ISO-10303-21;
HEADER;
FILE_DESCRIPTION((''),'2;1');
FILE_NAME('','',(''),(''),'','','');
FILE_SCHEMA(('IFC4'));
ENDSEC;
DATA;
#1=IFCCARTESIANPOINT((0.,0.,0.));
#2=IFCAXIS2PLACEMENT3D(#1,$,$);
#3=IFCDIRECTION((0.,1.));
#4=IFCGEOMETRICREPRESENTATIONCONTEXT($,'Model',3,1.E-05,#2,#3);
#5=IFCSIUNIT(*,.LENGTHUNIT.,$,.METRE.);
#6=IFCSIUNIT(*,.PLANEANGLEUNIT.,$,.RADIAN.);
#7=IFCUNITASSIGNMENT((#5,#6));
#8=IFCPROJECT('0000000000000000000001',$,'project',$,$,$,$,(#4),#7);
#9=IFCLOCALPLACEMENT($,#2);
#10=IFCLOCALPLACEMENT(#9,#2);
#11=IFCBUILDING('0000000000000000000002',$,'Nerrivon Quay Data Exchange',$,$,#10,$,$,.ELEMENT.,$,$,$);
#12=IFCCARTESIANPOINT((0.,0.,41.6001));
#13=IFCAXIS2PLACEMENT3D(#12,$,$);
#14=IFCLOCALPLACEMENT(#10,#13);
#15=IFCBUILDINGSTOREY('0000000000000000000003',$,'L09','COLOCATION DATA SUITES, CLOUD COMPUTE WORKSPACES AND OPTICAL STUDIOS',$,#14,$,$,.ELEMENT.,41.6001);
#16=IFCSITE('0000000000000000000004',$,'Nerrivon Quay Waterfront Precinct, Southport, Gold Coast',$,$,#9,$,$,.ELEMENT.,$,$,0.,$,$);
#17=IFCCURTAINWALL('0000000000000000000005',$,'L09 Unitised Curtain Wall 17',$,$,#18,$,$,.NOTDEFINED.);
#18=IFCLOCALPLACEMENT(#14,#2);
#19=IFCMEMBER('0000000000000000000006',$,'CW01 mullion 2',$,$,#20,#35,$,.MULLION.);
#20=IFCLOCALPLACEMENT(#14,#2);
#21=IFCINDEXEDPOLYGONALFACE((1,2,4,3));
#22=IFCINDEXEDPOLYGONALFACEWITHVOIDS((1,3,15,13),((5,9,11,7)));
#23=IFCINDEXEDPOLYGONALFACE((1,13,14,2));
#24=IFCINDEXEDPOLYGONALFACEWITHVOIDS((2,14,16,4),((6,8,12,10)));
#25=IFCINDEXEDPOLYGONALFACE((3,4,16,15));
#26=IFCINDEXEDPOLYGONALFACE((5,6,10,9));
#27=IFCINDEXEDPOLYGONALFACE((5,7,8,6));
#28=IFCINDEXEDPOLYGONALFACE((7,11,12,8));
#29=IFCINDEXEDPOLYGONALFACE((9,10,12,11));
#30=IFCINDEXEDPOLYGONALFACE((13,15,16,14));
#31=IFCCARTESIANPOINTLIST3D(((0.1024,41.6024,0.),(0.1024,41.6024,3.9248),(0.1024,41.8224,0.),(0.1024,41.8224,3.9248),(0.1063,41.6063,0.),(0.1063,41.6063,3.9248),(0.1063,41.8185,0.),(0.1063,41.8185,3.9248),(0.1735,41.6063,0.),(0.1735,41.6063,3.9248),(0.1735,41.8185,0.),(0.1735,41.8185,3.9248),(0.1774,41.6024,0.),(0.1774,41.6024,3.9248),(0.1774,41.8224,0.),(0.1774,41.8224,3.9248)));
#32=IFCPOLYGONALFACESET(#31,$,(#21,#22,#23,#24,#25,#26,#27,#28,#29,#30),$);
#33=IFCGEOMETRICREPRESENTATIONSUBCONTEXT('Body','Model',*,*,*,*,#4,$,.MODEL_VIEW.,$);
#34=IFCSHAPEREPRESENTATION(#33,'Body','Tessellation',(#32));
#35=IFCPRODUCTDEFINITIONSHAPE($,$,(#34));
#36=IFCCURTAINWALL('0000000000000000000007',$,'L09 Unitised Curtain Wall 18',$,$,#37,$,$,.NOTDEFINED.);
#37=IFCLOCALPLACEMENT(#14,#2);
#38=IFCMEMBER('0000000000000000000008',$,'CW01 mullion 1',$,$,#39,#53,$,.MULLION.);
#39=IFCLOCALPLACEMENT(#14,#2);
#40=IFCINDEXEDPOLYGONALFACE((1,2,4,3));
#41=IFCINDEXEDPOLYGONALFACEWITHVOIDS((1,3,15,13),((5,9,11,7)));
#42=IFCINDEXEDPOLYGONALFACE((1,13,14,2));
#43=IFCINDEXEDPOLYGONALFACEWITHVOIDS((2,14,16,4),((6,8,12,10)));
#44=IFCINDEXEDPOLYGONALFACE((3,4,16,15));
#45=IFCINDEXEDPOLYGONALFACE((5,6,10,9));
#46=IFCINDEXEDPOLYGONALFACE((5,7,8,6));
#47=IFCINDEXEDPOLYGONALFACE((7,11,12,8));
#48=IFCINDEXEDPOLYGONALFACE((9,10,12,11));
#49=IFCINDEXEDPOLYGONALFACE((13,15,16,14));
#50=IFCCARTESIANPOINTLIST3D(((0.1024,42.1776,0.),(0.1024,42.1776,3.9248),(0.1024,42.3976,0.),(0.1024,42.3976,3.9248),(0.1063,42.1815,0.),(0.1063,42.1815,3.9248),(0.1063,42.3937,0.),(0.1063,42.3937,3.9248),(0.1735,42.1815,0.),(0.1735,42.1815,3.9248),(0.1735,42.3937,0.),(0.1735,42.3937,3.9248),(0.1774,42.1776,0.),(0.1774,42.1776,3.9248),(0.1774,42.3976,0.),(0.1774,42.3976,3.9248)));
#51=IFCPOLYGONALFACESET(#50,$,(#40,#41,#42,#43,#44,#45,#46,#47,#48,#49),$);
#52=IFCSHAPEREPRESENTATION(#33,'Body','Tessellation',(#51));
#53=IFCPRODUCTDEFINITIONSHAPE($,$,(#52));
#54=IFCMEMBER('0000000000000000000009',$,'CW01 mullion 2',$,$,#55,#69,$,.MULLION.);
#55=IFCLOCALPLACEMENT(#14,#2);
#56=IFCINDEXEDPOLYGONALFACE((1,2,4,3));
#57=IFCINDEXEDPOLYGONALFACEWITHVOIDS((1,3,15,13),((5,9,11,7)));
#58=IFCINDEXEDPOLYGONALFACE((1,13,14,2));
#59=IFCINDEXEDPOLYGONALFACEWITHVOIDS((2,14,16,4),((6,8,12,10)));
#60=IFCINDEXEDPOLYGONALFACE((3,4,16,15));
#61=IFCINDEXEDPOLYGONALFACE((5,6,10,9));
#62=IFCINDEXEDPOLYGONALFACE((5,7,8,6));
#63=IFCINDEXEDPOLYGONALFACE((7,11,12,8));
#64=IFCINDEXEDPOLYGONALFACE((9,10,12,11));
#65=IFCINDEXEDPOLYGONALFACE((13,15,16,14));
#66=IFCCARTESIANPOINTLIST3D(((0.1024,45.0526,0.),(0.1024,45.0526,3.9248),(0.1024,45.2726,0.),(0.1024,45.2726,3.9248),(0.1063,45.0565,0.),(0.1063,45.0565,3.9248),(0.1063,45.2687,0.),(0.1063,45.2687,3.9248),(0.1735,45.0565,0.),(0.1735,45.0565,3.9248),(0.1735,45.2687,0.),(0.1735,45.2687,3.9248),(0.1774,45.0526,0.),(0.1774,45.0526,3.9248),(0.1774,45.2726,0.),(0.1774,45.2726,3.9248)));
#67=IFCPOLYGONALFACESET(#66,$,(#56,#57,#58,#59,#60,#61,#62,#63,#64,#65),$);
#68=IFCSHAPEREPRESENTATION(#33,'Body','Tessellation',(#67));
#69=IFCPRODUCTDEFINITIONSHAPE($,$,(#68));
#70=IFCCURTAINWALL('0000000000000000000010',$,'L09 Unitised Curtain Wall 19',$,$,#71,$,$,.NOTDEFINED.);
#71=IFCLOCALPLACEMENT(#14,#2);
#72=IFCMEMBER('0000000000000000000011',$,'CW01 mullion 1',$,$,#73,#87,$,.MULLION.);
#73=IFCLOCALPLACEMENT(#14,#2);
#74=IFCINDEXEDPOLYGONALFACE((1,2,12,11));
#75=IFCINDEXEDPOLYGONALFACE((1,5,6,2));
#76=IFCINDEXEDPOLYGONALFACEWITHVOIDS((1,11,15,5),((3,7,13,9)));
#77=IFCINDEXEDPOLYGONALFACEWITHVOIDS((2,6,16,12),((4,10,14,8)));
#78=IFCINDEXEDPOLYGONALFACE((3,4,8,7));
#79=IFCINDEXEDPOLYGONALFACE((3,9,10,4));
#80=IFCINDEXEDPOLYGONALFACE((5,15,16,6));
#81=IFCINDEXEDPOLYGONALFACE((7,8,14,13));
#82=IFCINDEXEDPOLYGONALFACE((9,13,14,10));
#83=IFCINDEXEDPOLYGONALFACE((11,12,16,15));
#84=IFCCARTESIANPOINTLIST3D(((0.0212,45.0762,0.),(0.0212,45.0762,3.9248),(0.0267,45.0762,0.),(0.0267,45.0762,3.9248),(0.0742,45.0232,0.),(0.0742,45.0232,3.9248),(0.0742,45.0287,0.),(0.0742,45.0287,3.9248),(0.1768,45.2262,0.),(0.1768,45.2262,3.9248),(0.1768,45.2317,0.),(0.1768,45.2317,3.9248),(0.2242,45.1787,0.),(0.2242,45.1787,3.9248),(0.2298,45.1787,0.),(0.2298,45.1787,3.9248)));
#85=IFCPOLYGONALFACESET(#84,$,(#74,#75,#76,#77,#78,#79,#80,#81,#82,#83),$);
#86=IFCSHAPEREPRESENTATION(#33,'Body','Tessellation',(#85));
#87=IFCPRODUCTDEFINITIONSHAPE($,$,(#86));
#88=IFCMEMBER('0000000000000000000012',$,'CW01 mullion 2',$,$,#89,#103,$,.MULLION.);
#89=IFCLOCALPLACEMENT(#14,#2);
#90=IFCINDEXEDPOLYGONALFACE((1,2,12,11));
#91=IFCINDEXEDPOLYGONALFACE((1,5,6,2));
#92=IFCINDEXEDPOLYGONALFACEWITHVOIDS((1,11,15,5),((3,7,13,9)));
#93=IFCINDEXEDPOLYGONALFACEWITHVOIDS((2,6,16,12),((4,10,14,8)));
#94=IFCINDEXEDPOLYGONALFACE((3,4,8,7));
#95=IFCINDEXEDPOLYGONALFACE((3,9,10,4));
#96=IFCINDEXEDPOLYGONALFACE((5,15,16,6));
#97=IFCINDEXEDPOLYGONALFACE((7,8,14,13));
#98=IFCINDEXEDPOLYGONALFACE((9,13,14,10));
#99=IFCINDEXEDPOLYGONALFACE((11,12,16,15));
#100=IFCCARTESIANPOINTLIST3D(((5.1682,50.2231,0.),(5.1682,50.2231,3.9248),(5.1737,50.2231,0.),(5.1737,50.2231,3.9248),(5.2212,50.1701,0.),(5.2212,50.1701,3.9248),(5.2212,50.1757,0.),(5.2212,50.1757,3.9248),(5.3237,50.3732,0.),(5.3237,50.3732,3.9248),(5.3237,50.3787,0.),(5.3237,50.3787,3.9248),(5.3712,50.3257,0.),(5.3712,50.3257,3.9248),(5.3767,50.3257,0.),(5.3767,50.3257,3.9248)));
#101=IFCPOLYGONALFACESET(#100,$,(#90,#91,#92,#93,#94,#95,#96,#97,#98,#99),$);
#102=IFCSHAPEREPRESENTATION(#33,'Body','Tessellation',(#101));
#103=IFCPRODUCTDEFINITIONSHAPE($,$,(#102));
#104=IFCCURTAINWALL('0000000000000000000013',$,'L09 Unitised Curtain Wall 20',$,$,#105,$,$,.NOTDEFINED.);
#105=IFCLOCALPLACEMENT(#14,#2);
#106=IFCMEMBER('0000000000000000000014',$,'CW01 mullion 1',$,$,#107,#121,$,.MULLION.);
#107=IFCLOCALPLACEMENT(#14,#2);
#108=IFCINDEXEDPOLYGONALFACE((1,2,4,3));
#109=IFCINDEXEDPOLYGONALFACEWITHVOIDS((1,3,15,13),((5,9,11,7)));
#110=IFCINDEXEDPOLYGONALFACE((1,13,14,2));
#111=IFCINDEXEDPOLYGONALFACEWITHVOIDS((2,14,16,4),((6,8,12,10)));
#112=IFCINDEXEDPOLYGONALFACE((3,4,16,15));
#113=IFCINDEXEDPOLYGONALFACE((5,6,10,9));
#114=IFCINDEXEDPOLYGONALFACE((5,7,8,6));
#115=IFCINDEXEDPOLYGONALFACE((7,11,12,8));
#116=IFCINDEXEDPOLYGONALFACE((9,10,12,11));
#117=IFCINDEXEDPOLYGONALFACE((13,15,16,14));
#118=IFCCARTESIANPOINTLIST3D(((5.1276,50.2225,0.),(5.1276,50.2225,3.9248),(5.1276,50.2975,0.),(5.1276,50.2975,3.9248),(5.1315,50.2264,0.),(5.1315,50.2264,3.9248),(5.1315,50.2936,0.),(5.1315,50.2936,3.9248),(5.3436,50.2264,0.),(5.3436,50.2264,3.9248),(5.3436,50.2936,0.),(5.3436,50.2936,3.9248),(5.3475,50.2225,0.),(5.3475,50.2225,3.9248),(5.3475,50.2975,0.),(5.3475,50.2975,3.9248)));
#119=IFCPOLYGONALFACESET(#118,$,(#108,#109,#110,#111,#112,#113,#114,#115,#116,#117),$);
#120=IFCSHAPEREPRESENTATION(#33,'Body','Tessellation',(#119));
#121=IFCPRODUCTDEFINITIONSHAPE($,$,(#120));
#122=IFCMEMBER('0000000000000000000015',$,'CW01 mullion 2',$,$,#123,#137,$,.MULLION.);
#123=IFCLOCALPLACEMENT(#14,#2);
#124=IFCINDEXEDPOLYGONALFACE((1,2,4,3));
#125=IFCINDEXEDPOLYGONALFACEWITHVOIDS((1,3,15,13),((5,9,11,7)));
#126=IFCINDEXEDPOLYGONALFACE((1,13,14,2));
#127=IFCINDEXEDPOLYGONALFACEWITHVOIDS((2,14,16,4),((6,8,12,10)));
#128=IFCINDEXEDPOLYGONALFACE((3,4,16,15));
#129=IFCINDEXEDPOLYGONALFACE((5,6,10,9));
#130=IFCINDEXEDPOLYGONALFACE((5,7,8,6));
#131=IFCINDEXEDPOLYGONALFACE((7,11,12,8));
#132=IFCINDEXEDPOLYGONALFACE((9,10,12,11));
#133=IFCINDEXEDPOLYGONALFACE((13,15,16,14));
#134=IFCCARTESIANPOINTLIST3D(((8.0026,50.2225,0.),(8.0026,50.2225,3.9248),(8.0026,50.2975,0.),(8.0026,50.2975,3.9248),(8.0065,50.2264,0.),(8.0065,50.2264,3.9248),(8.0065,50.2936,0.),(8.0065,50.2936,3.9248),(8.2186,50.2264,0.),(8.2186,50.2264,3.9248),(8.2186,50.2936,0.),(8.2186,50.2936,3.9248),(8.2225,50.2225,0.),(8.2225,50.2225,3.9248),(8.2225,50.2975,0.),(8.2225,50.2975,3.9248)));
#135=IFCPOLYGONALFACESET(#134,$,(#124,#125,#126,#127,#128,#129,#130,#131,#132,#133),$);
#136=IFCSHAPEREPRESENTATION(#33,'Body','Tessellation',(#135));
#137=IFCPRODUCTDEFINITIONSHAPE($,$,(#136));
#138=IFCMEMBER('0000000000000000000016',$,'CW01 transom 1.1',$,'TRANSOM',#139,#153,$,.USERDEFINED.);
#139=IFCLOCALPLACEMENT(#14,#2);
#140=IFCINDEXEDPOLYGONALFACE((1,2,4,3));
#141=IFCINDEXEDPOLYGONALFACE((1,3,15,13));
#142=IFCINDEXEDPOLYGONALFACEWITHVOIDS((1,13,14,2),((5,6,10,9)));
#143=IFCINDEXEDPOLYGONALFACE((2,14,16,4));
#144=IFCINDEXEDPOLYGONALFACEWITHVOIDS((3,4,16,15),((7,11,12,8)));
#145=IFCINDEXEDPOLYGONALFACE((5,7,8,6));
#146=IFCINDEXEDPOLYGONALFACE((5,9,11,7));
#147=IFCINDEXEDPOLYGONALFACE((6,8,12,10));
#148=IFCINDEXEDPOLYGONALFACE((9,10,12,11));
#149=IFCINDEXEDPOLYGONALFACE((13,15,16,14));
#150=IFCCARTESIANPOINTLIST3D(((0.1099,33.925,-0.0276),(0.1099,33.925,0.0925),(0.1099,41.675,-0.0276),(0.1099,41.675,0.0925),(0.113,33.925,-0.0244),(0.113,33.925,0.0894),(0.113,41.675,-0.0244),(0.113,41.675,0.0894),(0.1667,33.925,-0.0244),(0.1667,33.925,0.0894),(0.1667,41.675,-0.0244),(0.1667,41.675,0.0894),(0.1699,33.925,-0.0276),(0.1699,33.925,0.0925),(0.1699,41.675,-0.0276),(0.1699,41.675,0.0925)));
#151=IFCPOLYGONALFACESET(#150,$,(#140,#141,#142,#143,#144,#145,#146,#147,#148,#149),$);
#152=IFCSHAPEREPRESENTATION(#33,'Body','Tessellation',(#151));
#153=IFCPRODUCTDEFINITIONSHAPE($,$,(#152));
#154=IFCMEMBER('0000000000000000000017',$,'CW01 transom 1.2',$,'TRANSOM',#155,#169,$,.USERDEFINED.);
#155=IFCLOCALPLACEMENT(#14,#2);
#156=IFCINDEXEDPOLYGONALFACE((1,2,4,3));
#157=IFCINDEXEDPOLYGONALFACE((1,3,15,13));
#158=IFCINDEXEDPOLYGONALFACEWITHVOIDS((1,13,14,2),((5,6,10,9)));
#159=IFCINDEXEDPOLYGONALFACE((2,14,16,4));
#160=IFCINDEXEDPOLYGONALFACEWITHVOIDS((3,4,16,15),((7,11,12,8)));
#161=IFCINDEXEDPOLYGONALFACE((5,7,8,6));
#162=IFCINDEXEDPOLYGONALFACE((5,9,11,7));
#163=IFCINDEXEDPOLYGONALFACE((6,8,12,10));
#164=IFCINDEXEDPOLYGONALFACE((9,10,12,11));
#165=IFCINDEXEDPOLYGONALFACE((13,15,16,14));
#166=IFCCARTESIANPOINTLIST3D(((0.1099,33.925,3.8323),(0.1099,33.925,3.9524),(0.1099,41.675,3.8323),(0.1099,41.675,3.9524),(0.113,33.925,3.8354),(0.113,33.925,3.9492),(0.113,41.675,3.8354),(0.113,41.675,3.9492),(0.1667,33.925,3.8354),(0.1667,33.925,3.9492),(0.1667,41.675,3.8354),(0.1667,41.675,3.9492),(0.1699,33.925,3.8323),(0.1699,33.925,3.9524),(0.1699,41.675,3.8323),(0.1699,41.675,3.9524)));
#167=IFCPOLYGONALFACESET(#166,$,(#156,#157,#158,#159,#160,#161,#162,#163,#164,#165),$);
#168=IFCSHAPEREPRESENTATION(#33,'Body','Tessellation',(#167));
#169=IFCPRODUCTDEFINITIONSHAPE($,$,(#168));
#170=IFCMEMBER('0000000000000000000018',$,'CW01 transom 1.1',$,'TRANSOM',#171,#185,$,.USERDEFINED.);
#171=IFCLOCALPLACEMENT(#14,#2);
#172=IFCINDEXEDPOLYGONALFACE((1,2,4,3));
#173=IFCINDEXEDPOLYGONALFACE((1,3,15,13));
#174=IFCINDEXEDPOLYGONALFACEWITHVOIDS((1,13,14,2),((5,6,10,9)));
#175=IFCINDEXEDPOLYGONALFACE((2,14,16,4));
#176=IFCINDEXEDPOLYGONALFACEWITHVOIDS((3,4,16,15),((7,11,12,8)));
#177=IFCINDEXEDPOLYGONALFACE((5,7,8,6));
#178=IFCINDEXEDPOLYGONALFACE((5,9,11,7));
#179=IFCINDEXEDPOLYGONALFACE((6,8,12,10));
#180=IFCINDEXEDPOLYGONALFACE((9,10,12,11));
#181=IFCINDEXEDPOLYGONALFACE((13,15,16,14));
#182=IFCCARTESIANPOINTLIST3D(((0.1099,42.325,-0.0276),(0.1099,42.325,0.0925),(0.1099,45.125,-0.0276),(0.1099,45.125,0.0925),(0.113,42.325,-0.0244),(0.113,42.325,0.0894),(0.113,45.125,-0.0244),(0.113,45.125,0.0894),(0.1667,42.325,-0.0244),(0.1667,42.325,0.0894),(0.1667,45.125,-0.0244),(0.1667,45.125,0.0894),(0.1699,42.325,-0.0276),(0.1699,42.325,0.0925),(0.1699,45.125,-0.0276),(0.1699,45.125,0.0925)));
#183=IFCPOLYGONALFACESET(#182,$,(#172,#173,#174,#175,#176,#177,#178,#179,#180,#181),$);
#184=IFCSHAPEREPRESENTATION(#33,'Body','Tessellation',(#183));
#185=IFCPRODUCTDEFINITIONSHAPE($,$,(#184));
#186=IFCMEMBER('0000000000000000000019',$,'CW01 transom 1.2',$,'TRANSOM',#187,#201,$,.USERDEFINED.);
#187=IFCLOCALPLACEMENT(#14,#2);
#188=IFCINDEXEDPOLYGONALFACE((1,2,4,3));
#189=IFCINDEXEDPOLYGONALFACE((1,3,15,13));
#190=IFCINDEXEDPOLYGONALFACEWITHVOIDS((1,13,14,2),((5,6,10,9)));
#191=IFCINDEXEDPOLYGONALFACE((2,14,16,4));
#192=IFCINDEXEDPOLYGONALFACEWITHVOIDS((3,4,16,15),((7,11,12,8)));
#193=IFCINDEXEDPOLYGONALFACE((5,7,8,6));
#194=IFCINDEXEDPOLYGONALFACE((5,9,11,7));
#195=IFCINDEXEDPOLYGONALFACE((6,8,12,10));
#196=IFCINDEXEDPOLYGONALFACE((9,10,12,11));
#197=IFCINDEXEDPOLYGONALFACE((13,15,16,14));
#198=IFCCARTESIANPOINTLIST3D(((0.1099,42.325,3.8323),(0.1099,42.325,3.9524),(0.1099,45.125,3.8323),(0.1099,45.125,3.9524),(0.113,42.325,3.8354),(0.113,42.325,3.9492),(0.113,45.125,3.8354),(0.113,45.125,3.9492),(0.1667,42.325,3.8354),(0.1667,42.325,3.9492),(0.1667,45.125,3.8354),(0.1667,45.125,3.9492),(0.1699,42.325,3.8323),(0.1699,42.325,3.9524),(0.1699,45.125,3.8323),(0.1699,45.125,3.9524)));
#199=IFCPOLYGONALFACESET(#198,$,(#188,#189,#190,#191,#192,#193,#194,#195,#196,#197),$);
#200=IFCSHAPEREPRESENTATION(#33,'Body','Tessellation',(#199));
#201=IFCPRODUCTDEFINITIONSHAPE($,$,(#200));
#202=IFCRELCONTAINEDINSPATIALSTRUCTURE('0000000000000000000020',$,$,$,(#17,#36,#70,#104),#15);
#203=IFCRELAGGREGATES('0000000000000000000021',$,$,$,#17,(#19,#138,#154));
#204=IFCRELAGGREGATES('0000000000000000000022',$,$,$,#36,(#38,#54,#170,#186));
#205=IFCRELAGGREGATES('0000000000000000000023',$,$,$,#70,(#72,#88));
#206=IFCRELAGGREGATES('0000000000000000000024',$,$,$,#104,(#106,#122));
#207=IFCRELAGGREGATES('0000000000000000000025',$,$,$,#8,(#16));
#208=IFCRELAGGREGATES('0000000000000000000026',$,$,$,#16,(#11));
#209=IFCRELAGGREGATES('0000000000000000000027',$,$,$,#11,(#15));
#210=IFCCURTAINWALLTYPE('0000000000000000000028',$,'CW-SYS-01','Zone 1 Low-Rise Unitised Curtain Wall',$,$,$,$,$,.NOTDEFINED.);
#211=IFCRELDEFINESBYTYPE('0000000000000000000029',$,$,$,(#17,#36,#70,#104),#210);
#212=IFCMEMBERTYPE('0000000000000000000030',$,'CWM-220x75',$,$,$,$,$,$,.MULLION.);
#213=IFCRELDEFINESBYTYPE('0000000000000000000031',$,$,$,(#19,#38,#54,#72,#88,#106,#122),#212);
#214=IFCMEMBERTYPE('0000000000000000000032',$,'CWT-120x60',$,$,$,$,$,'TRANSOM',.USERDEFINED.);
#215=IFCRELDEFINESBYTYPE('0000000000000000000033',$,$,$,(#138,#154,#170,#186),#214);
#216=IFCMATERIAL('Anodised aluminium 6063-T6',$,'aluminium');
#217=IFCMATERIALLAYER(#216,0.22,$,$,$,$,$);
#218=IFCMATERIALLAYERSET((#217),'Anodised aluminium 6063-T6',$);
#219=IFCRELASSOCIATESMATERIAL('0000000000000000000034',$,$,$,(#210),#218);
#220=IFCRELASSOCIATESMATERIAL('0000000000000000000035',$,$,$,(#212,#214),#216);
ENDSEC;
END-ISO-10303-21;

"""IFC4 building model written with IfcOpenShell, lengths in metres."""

from ifc_helpers import new_model, si_unit, direction, frame, origin, origin_2d, place, context, subcontext, project, spatial, hollow_rectangle, extrude, material, layer, layer_set, material_profile, profile_set, type_object, element, aggregate, save


model = new_model("IFC4")

# Units and contexts
model_context = context("Model", 3, precision=1e-05, world=origin(), true_north=direction((0.0, 1.0)))
body_context = subcontext(model_context, "Body", "Model", "MODEL_VIEW")
ifc_project = project(units=[si_unit("LENGTHUNIT", "METRE"), si_unit("PLANEANGLEUNIT", "RADIAN")], contexts=[model_context])

# Site, building, storey
site_placement = place(None, origin())
site = spatial("IfcSite", under=ifc_project, at=site_placement, Name="Nerrivon Quay Waterfront Precinct, Southport, Gold Coast", CompositionType="ELEMENT", RefElevation=0.0)
building_placement = place(site_placement, origin())
building = spatial("IfcBuilding", under=site, at=building_placement, Name="Nerrivon Quay Data Exchange", CompositionType="ELEMENT")
storey_placement = place(building_placement, frame((0.0, 0.0, 41.6001)))
storey = spatial("IfcBuildingStorey", under=building, at=storey_placement, Name="L09", Description="COLOCATION DATA SUITES, CLOUD COMPUTE WORKSPACES AND OPTICAL STUDIOS", CompositionType="ELEMENT", Elevation=41.6001)

# Curtain wall, member
ifc_material_1 = material(Name="Anodised aluminium 6063-T6", Category="aluminium")
ifc_layer_1 = layer(ifc_material_1, 0.22)
ifc_layer_set_1 = layer_set([ifc_layer_1], Name="Anodised aluminium 6063-T6")
curtain_wall_type = type_object("IfcCurtainWallType", Name="CW-SYS-01", Description="Zone 1 Low-Rise Unitised Curtain Wall", PredefinedType="NOTDEFINED", material=ifc_layer_set_1)
curtain_wall_1_placement = place(storey_placement, origin())
curtain_wall_1 = element("IfcCurtainWall", 1, at=curtain_wall_1_placement, inside=storey, type_object=curtain_wall_type, Name="L09 Unitised Curtain Wall 17", PredefinedType="NOTDEFINED")
ifc_material_profile_1 = material_profile(ifc_material_1, hollow_rectangle(XDim=0.075, YDim=0.22, WallThickness=0.0039, at=origin_2d()), Name="ALU-MULL-220x75")
ifc_profile_set_1 = profile_set([ifc_material_profile_1], Name="Anodised aluminium 6063-T6")
member_type_1 = type_object("IfcMemberType", Name="CWM-220x75", PredefinedType="MULLION", material=ifc_profile_set_1)
member_1_placement = place(storey_placement, frame((0.1399, 41.7124, 0.0), z_axis=(0.0, 0.0, 1.0), x_axis=(-1.0, 0.0, 0.0)))
member_1 = element("IfcMember", 2, at=member_1_placement, type_object=member_type_1, Name="CW01 mullion 2", PredefinedType="MULLION", context=body_context, shape_type="SweptSolid", body=[
    extrude(hollow_rectangle(XDim=0.075, YDim=0.22, WallThickness=0.0039, at=origin_2d()), origin(), (0.0, 0.0, 1.0), 3.9248),
])

# Curtain walls, members
curtain_wall_2_placement = place(storey_placement, origin())
curtain_wall_2 = element("IfcCurtainWall", 3, at=curtain_wall_2_placement, inside=storey, type_object=curtain_wall_type, Name="L09 Unitised Curtain Wall 18", PredefinedType="NOTDEFINED")
member_2_placement = place(storey_placement, frame((0.1399, 42.2876, 0.0), z_axis=(0.0, 0.0, 1.0), x_axis=(-1.0, 0.0, 0.0)))
member_2 = element("IfcMember", 4, at=member_2_placement, type_object=member_type_1, Name="CW01 mullion 1", PredefinedType="MULLION", context=body_context, shape_type="SweptSolid", body=[
    extrude(hollow_rectangle(XDim=0.075, YDim=0.22, WallThickness=0.0039, at=origin_2d()), origin(), (0.0, 0.0, 1.0), 3.9248),
])
member_3_placement = place(storey_placement, frame((0.1399, 45.1626, 0.0), z_axis=(0.0, 0.0, 1.0), x_axis=(-1.0, 0.0, 0.0)))
member_3 = element("IfcMember", 5, at=member_3_placement, type_object=member_type_1, Name="CW01 mullion 2", PredefinedType="MULLION", context=body_context, shape_type="SweptSolid", body=[
    extrude(hollow_rectangle(XDim=0.075, YDim=0.22, WallThickness=0.0039, at=origin_2d()), origin(), (0.0, 0.0, 1.0), 3.9248),
])
curtain_wall_3_placement = place(storey_placement, origin())
curtain_wall_3 = element("IfcCurtainWall", 6, at=curtain_wall_3_placement, inside=storey, type_object=curtain_wall_type, Name="L09 Unitised Curtain Wall 19", PredefinedType="NOTDEFINED")
member_4_placement = place(storey_placement, frame((0.1255, 45.1274, 0.0), z_axis=(0.0, 0.0, 1.0), x_axis=(-0.707107, 0.707107, 0.0)))
member_4 = element("IfcMember", 7, at=member_4_placement, type_object=member_type_1, Name="CW01 mullion 1", PredefinedType="MULLION", context=body_context, shape_type="SweptSolid", body=[
    extrude(hollow_rectangle(XDim=0.075, YDim=0.22, WallThickness=0.0039, at=origin_2d()), origin(), (0.0, 0.0, 1.0), 3.9248),
])
member_5_placement = place(storey_placement, frame((5.2725, 50.2744, 0.0), z_axis=(0.0, 0.0, 1.0), x_axis=(-0.707107, 0.707107, 0.0)))
member_5 = element("IfcMember", 8, at=member_5_placement, type_object=member_type_1, Name="CW01 mullion 2", PredefinedType="MULLION", context=body_context, shape_type="SweptSolid", body=[
    extrude(hollow_rectangle(XDim=0.075, YDim=0.22, WallThickness=0.0039, at=origin_2d()), origin(), (0.0, 0.0, 1.0), 3.9248),
])
curtain_wall_4_placement = place(storey_placement, origin())
curtain_wall_4 = element("IfcCurtainWall", 9, at=curtain_wall_4_placement, inside=storey, type_object=curtain_wall_type, Name="L09 Unitised Curtain Wall 20", PredefinedType="NOTDEFINED")
member_6_placement = place(storey_placement, frame((5.2375, 50.26, 0.0), z_axis=(0.0, 0.0, 1.0), x_axis=(0.0, 1.0, 0.0)))
member_6 = element("IfcMember", 10, at=member_6_placement, type_object=member_type_1, Name="CW01 mullion 1", PredefinedType="MULLION", context=body_context, shape_type="SweptSolid", body=[
    extrude(hollow_rectangle(XDim=0.075, YDim=0.22, WallThickness=0.0039, at=origin_2d()), origin(), (0.0, 0.0, 1.0), 3.9248),
])
member_7_placement = place(storey_placement, frame((8.1125, 50.26, 0.0), z_axis=(0.0, 0.0, 1.0), x_axis=(0.0, 1.0, 0.0)))
member_7 = element("IfcMember", 11, at=member_7_placement, type_object=member_type_1, Name="CW01 mullion 2", PredefinedType="MULLION", context=body_context, shape_type="SweptSolid", body=[
    extrude(hollow_rectangle(XDim=0.075, YDim=0.22, WallThickness=0.0039, at=origin_2d()), origin(), (0.0, 0.0, 1.0), 3.9248),
])

# Members
ifc_material_profile_2 = material_profile(ifc_material_1, hollow_rectangle(XDim=0.0601, YDim=0.1201, WallThickness=0.0032, at=origin_2d()), Name="ALU-TRAN-120x60")
ifc_profile_set_2 = profile_set([ifc_material_profile_2], Name="Anodised aluminium 6063-T6")
member_type_2 = type_object("IfcMemberType", Name="CWT-120x60", ElementType="TRANSOM", PredefinedType="USERDEFINED", material=ifc_profile_set_2)
member_8_placement = place(storey_placement, frame((0.1399, 33.925, 0.0325), z_axis=(0.0, 1.0, 0.0), x_axis=(-1.0, 0.0, 0.0)))
member_8 = element("IfcMember", 12, at=member_8_placement, type_object=member_type_2, Name="CW01 transom 1.1", ObjectType="TRANSOM", PredefinedType="USERDEFINED", context=body_context, shape_type="SweptSolid", body=[
    extrude(hollow_rectangle(XDim=0.0601, YDim=0.1201, WallThickness=0.0032, at=origin_2d()), origin(), (0.0, 0.0, 1.0), 7.75),
])
member_9_placement = place(storey_placement, frame((0.1399, 33.925, 3.8923), z_axis=(0.0, 1.0, 0.0), x_axis=(-1.0, 0.0, 0.0)))
member_9 = element("IfcMember", 13, at=member_9_placement, type_object=member_type_2, Name="CW01 transom 1.2", ObjectType="TRANSOM", PredefinedType="USERDEFINED", context=body_context, shape_type="SweptSolid", body=[
    extrude(hollow_rectangle(XDim=0.0601, YDim=0.1201, WallThickness=0.0032, at=origin_2d()), origin(), (0.0, 0.0, 1.0), 7.75),
])
member_10_placement = place(storey_placement, frame((0.1399, 42.325, 0.0325), z_axis=(0.0, 1.0, 0.0), x_axis=(-1.0, 0.0, 0.0)))
member_10 = element("IfcMember", 14, at=member_10_placement, type_object=member_type_2, Name="CW01 transom 1.1", ObjectType="TRANSOM", PredefinedType="USERDEFINED", context=body_context, shape_type="SweptSolid", body=[
    extrude(hollow_rectangle(XDim=0.0601, YDim=0.1201, WallThickness=0.0032, at=origin_2d()), origin(), (0.0, 0.0, 1.0), 2.8),
])
member_11_placement = place(storey_placement, frame((0.1399, 42.325, 3.8923), z_axis=(0.0, 1.0, 0.0), x_axis=(-1.0, 0.0, 0.0)))
member_11 = element("IfcMember", 15, at=member_11_placement, type_object=member_type_2, Name="CW01 transom 1.2", ObjectType="TRANSOM", PredefinedType="USERDEFINED", context=body_context, shape_type="SweptSolid", body=[
    extrude(hollow_rectangle(XDim=0.0601, YDim=0.1201, WallThickness=0.0032, at=origin_2d()), origin(), (0.0, 0.0, 1.0), 2.8),
])

aggregate(curtain_wall_1, [member_1, member_8, member_9])
aggregate(curtain_wall_2, [member_2, member_3, member_10, member_11])
aggregate(curtain_wall_3, [member_4, member_5])
aggregate(curtain_wall_4, [member_6, member_7])

save(model, "model.ifc")
